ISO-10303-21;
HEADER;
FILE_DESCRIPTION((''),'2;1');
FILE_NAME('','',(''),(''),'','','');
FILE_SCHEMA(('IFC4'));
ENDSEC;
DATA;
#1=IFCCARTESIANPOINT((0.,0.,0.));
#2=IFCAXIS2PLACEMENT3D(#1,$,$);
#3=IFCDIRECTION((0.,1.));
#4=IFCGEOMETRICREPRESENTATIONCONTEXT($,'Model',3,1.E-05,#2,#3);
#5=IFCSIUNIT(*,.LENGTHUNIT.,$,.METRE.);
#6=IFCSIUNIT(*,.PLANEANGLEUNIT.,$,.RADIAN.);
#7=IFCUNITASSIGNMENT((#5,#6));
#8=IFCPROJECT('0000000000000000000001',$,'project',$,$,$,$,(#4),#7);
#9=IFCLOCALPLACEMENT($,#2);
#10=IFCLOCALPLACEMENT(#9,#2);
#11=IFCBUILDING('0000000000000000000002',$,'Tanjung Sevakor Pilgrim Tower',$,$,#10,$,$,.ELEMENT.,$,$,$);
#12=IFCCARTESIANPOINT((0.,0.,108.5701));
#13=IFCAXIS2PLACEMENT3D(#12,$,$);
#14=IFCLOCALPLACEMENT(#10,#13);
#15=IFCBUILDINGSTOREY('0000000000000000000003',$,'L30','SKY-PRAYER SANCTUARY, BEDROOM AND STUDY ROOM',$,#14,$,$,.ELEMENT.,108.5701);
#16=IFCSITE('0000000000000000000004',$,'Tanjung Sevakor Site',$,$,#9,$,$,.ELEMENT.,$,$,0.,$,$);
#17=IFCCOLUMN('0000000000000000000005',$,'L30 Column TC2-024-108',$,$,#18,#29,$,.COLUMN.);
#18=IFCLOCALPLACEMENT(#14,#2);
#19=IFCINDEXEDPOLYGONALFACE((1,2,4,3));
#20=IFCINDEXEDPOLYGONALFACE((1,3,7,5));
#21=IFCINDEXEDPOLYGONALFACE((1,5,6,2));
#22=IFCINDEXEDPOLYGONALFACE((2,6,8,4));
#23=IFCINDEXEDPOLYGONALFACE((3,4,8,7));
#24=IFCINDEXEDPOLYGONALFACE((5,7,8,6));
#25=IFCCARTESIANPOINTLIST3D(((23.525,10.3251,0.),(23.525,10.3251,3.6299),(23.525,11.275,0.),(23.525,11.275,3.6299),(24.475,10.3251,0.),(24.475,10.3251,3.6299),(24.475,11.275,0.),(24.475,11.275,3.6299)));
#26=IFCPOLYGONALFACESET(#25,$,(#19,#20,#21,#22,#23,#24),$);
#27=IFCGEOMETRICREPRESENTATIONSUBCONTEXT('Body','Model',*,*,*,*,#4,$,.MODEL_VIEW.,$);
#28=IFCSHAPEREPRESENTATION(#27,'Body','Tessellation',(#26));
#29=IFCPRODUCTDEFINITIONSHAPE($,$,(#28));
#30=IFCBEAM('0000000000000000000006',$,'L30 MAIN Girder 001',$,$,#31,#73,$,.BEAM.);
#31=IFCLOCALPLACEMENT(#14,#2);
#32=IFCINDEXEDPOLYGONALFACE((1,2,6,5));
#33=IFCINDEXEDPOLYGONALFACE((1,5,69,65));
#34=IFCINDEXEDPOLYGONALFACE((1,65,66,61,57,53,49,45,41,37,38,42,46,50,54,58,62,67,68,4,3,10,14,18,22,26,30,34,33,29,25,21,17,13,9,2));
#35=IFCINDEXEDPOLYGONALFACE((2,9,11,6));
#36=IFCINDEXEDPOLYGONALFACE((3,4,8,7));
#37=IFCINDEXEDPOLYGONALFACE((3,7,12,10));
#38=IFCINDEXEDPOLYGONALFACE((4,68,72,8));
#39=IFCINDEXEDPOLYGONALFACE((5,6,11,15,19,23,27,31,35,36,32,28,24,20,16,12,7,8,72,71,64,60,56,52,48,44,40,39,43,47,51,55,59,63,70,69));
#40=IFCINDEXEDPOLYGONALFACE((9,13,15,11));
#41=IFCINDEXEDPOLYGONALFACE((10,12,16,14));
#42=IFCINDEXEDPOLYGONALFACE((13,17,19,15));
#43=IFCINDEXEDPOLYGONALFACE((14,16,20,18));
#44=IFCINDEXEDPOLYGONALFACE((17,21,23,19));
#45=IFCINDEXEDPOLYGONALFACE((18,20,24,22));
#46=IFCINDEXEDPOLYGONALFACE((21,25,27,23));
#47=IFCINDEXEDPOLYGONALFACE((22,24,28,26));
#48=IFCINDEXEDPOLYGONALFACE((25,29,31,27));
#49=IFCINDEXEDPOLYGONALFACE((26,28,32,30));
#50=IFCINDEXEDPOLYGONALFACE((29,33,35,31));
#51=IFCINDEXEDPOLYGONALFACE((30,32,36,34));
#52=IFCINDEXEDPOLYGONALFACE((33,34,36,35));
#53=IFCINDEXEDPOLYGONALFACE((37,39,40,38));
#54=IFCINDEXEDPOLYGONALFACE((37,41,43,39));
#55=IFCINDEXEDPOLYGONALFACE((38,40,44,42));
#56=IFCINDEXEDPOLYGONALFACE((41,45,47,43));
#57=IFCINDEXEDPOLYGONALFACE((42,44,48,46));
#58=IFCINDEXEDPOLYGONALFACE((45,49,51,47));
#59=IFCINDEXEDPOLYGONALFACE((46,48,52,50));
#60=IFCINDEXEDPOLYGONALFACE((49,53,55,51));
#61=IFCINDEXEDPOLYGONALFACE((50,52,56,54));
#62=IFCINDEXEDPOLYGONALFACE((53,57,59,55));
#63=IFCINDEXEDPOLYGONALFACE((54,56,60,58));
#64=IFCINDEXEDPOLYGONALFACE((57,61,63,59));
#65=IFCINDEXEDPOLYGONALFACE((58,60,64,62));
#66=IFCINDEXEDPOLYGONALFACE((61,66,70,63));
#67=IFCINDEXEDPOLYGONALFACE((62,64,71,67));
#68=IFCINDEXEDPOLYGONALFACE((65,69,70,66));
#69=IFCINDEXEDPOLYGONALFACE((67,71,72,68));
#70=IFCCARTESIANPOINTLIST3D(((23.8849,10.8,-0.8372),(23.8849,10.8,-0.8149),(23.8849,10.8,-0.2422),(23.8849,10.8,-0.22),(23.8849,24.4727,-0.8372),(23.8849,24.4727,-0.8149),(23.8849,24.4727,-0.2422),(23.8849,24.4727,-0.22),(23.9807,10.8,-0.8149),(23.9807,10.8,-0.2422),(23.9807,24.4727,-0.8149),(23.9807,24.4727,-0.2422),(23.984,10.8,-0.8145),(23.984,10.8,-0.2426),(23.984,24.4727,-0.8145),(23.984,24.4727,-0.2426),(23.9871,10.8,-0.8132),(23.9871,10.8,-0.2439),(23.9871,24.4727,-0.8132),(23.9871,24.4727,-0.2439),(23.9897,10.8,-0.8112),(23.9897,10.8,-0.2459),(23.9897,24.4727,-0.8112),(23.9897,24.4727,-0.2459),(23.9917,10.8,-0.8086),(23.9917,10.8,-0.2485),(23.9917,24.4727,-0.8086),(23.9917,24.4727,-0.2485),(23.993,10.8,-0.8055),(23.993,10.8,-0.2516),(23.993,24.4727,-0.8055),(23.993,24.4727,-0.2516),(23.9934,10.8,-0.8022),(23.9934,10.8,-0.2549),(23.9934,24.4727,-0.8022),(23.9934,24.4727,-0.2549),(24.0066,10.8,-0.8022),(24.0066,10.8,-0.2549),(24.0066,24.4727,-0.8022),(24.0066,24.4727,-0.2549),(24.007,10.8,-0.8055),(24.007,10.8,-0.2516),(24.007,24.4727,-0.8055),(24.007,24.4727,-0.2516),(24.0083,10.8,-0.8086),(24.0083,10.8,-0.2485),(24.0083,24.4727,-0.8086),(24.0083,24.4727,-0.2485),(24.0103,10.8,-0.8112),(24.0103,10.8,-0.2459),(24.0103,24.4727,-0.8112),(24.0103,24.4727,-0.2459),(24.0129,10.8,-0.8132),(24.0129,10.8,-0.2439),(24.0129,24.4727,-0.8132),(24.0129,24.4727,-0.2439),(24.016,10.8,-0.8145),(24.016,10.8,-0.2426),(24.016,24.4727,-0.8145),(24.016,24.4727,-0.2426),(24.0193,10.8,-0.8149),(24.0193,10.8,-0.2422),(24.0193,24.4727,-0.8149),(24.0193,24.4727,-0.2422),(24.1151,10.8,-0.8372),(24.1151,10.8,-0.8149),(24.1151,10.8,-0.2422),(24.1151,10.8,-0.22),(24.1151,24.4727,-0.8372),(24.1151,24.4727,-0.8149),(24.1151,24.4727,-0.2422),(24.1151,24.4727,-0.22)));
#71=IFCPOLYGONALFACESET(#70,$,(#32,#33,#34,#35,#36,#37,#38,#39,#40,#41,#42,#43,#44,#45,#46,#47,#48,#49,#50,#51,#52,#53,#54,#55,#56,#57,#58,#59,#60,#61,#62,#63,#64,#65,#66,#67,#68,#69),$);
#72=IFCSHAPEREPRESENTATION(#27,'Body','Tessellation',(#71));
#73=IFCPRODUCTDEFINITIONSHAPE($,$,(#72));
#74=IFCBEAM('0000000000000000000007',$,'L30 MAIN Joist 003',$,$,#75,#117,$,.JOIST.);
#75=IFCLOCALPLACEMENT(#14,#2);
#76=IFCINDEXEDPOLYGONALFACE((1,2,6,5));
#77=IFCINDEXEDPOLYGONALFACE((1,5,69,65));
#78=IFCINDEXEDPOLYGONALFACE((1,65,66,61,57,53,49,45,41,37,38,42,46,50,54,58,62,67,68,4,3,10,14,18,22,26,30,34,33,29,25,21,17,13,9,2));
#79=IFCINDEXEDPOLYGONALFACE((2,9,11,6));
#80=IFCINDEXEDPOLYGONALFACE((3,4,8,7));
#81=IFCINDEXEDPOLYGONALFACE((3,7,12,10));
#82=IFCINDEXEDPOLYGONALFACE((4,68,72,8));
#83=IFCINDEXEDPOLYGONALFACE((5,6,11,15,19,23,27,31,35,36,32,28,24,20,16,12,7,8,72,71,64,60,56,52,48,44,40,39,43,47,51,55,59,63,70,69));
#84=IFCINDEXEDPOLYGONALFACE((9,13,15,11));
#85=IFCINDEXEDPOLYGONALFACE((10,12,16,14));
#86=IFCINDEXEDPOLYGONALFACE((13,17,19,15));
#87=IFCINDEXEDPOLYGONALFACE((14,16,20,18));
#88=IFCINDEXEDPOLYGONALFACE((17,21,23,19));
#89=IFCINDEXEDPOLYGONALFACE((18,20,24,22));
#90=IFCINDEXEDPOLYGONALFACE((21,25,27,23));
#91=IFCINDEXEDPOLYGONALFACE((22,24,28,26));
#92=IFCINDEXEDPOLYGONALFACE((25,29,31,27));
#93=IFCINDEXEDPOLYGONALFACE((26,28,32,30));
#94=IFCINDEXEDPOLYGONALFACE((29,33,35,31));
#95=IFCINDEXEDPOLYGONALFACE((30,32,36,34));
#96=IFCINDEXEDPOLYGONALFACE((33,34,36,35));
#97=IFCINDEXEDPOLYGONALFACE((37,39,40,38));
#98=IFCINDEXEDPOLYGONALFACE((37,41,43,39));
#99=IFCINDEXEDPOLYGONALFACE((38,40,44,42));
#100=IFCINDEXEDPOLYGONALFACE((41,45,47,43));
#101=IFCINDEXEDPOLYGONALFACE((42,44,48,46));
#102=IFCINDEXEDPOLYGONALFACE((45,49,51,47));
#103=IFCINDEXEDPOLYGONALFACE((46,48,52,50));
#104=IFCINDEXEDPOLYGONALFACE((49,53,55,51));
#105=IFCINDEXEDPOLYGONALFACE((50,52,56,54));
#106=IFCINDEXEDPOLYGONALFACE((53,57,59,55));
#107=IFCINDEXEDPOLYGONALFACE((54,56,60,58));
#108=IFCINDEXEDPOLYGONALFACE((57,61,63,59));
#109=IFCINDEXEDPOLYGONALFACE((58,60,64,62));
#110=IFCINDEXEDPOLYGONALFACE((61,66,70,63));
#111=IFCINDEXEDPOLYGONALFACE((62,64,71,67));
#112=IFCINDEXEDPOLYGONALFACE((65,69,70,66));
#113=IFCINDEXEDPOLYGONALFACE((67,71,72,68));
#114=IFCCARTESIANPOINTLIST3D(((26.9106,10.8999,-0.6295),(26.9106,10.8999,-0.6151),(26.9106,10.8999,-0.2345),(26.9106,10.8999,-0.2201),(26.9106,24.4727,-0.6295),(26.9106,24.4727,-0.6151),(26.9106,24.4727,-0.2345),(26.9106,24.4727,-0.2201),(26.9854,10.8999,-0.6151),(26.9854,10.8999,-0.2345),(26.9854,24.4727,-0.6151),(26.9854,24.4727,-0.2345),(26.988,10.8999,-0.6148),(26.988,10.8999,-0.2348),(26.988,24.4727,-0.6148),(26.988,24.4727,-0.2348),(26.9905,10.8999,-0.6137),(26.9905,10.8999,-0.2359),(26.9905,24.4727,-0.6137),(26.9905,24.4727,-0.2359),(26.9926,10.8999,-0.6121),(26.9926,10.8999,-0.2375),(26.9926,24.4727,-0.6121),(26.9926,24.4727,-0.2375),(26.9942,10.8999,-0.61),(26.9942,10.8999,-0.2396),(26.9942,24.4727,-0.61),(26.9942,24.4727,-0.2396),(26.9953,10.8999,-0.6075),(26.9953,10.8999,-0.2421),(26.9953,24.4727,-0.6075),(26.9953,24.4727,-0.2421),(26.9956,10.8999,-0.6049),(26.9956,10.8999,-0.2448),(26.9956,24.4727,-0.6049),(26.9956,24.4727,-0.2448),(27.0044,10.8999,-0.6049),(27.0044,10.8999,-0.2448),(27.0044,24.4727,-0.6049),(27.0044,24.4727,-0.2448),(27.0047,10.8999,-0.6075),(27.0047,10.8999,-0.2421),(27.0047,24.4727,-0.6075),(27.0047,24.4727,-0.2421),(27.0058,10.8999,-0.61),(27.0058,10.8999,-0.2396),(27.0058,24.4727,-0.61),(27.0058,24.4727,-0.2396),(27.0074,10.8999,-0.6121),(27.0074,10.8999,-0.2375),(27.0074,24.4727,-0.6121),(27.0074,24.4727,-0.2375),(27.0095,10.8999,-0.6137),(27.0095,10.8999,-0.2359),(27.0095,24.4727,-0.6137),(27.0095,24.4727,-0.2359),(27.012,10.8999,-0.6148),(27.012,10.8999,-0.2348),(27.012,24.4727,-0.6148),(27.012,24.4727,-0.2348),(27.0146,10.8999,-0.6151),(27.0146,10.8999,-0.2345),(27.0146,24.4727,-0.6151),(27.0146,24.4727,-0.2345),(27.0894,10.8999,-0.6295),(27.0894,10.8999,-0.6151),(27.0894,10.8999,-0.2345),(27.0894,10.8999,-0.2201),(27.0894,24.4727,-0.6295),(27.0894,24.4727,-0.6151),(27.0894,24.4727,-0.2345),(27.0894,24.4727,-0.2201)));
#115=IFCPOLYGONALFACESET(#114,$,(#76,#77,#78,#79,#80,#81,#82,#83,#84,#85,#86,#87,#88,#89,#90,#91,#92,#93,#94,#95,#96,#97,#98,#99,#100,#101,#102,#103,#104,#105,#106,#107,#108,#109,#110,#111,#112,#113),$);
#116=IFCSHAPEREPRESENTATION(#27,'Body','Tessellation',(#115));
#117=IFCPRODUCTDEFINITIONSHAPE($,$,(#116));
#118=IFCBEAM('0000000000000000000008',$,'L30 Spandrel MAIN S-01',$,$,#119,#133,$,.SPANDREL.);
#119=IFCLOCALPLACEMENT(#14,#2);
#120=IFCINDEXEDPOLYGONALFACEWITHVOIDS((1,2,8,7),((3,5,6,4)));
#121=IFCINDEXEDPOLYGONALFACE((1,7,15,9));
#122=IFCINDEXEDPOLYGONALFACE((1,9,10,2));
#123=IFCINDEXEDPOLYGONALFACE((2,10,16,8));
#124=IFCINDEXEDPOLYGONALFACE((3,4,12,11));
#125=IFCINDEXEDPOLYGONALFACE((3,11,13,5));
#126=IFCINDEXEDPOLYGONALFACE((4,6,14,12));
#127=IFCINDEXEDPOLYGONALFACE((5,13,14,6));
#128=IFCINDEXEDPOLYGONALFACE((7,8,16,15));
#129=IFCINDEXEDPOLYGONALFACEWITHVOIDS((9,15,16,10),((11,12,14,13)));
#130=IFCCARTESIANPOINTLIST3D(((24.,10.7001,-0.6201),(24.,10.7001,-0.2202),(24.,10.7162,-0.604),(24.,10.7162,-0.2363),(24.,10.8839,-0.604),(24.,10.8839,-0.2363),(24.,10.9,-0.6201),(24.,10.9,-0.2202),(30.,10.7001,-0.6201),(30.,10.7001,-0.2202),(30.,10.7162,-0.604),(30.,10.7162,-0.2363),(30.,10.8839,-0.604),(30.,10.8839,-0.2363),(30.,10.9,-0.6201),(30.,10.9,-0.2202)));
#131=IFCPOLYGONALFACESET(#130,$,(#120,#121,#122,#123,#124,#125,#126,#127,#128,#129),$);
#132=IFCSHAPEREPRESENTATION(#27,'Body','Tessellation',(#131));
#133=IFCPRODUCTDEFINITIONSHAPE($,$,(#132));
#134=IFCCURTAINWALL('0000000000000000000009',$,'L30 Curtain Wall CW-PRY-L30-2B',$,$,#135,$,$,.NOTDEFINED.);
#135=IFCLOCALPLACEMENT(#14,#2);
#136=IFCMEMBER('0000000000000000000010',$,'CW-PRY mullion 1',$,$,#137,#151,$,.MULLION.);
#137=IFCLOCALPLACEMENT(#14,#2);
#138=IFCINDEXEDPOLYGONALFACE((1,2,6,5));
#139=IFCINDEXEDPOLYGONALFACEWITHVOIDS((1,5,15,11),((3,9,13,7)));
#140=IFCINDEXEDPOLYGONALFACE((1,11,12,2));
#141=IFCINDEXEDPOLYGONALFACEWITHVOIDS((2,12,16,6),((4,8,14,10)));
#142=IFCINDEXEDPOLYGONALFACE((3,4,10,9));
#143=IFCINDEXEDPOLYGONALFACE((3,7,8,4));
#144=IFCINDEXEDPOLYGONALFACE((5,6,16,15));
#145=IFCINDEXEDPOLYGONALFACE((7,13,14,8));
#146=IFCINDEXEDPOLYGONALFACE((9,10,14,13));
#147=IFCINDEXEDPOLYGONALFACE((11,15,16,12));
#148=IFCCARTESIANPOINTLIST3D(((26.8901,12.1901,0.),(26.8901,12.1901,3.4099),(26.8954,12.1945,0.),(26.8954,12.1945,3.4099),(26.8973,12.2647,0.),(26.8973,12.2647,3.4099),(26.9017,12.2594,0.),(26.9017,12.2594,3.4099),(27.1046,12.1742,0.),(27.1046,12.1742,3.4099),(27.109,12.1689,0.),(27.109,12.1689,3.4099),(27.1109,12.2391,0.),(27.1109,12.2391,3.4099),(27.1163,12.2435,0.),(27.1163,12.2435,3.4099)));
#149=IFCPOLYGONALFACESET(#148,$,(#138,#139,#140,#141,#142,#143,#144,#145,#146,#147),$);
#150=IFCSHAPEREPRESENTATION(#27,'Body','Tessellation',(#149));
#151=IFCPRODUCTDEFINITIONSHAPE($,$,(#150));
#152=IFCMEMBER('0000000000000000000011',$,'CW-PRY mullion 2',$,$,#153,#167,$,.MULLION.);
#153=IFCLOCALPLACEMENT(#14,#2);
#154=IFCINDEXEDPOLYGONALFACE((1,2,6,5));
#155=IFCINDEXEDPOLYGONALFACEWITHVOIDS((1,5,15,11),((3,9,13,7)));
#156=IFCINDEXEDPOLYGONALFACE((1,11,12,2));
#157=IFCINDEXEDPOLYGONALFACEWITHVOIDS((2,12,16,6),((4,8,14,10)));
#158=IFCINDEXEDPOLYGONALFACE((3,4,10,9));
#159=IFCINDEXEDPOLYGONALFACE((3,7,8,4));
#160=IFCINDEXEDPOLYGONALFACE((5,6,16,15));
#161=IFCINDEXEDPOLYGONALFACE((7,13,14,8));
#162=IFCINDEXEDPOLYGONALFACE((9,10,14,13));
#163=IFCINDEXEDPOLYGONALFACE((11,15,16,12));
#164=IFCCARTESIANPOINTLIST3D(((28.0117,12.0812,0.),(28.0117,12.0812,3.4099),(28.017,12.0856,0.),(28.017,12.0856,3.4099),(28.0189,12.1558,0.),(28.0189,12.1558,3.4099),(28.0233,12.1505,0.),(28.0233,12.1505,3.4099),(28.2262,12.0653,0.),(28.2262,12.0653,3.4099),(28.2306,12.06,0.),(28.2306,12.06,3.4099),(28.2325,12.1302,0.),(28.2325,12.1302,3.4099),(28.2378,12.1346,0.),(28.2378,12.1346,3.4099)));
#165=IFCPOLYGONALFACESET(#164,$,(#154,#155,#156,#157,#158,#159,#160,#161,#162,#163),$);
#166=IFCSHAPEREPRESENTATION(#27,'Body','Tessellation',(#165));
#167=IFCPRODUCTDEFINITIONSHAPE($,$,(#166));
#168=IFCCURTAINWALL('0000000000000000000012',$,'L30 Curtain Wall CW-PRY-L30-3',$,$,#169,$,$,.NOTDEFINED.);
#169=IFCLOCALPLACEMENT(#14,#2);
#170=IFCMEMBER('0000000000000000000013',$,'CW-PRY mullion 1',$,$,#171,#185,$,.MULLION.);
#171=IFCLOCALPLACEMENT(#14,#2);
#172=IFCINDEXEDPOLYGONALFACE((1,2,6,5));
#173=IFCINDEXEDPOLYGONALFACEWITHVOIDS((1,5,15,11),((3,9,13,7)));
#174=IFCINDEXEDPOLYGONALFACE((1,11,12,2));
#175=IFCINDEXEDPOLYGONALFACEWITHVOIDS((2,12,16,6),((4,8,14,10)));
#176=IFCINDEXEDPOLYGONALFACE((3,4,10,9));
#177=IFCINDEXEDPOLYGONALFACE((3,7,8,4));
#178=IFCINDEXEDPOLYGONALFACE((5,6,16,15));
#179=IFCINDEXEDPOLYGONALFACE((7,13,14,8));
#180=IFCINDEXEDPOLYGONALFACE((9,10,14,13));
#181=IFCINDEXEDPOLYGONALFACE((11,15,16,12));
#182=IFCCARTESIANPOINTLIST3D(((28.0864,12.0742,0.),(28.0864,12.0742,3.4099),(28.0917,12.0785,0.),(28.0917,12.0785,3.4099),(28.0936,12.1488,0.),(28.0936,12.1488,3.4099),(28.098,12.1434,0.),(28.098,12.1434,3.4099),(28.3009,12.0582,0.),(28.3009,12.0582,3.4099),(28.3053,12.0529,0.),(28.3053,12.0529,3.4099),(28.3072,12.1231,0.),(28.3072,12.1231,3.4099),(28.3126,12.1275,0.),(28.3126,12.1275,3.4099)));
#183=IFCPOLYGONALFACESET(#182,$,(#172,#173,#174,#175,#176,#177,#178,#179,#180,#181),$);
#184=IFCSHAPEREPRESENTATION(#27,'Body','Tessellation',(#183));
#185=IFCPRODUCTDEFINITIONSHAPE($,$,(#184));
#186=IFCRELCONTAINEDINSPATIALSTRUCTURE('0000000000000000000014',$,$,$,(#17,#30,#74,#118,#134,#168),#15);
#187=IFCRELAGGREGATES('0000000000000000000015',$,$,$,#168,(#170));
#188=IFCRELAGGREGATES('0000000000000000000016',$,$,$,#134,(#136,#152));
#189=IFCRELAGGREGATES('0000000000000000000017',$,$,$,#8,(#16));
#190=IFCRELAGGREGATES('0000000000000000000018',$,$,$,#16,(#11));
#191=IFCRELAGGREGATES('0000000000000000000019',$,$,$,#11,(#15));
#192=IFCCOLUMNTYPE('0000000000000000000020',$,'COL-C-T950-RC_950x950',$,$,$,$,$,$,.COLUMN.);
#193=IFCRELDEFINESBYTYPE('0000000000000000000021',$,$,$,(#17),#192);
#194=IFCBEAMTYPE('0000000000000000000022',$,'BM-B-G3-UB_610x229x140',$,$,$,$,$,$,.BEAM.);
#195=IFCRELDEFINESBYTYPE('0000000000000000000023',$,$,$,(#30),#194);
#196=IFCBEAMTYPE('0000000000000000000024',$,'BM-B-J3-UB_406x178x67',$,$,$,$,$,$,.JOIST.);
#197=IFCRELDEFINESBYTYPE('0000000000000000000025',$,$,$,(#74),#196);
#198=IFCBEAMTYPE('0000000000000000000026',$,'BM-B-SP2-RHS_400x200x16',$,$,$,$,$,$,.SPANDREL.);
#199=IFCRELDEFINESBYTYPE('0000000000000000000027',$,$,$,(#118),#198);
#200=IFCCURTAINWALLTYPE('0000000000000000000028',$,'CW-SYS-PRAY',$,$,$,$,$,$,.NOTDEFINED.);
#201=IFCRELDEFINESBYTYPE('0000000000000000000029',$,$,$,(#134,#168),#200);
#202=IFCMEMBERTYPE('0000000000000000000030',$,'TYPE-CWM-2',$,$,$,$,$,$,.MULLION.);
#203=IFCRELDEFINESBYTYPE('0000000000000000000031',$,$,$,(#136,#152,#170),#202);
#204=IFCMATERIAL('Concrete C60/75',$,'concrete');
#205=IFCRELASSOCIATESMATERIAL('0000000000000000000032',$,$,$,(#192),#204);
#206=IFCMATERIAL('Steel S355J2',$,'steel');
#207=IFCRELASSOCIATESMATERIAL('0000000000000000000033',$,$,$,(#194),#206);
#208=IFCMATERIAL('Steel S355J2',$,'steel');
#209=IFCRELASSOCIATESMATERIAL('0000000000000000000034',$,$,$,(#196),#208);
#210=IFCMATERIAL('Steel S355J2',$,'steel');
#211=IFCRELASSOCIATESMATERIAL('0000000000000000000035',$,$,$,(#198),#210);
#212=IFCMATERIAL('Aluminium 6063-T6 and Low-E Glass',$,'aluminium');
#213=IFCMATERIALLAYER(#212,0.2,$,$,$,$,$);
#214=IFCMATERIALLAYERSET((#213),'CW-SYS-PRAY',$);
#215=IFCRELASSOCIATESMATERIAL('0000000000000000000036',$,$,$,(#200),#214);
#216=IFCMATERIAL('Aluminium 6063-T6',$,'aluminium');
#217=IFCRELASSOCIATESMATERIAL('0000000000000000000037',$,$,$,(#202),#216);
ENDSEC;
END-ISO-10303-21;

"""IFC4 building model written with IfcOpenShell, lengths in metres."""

from ifc_helpers import new_model, si_unit, direction, frame, origin, origin_2d, place, context, subcontext, project, spatial, rectangle, hollow_rectangle, i_section, extrude, material, layer, layer_set, material_profile, profile_set, type_object, element, aggregate, save


model = new_model("IFC4")

# Units and contexts
model_context = context("Model", 3, precision=1e-05, world=origin(), true_north=direction((0.0, 1.0)))
body_context = subcontext(model_context, "Body", "Model", "MODEL_VIEW")
ifc_project = project(units=[si_unit("LENGTHUNIT", "METRE"), si_unit("PLANEANGLEUNIT", "RADIAN")], contexts=[model_context])

# Site, building, storey
site_placement = place(None, origin())
site = spatial("IfcSite", under=ifc_project, at=site_placement, Name="Tanjung Sevakor Site", CompositionType="ELEMENT", RefElevation=0.0)
building_placement = place(site_placement, origin())
building = spatial("IfcBuilding", under=site, at=building_placement, Name="Tanjung Sevakor Pilgrim Tower", CompositionType="ELEMENT")
storey_placement = place(building_placement, frame((0.0, 0.0, 108.5701)))
storey = spatial("IfcBuildingStorey", under=building, at=storey_placement, Name="L30", Description="SKY-PRAYER SANCTUARY, BEDROOM AND STUDY ROOM", CompositionType="ELEMENT", Elevation=108.5701)

# Column
ifc_material_1 = material(Name="Concrete C60/75", Category="concrete")
ifc_material_profile_1 = material_profile(ifc_material_1, rectangle(XDim=0.95, YDim=0.95, at=origin_2d()))
ifc_profile_set_1 = profile_set([ifc_material_profile_1], Name="Concrete C60/75")
column_type = type_object("IfcColumnType", Name="COL-C-T950-RC_950x950", PredefinedType="COLUMN", material=ifc_profile_set_1)
column_placement = place(storey_placement, frame((24.0, 10.8, 0.0), z_axis=(0.0, 0.0, 1.0), x_axis=(1.0, 0.0, 0.0)))
element("IfcColumn", 1, at=column_placement, inside=storey, type_object=column_type, Name="L30 Column TC2-024-108", PredefinedType="COLUMN", context=body_context, shape_type="SweptSolid", body=[
    extrude(rectangle(XDim=0.95, YDim=0.95, at=origin_2d()), origin(), (0.0, 0.0, 1.0), 3.6299),
])

# Beams
ifc_material_2 = material(Name="Steel S355J2", Category="steel")
ifc_material_profile_2 = material_profile(ifc_material_2, i_section(OverallWidth=0.2302, OverallDepth=0.6172, WebThickness=0.0132, FlangeThickness=0.0222, FilletRadius=0.0127, at=origin_2d()))
ifc_profile_set_2 = profile_set([ifc_material_profile_2], Name="Steel S355J2")
beam_type_1 = type_object("IfcBeamType", Name="BM-B-G3-UB_610x229x140", PredefinedType="BEAM", material=ifc_profile_set_2)
beam_1_placement = place(storey_placement, frame((24.0, 10.8, -0.5286), z_axis=(0.0, 1.0, 0.0), x_axis=(-1.0, 0.0, 0.0)))
element("IfcBeam", 2, at=beam_1_placement, inside=storey, type_object=beam_type_1, Name="L30 MAIN Girder 001", PredefinedType="BEAM", context=body_context, shape_type="SweptSolid", body=[
    extrude(i_section(OverallWidth=0.2302, OverallDepth=0.6172, WebThickness=0.0132, FlangeThickness=0.0222, FilletRadius=0.0127, at=origin_2d()), origin(), (0.0, 0.0, 1.0), 13.6726),
])
ifc_material_3 = material(Name="Steel S355J2", Category="steel")
ifc_material_profile_3 = material_profile(ifc_material_3, i_section(OverallWidth=0.1787, OverallDepth=0.4094, WebThickness=0.0088, FlangeThickness=0.0144, FilletRadius=0.0103, at=origin_2d()))
ifc_profile_set_3 = profile_set([ifc_material_profile_3], Name="Steel S355J2")
beam_type_2 = type_object("IfcBeamType", Name="BM-B-J3-UB_406x178x67", PredefinedType="JOIST", material=ifc_profile_set_3)
beam_2_placement = place(storey_placement, frame((27.0, 10.8999, -0.4248), z_axis=(0.0, 1.0, 0.0), x_axis=(-1.0, 0.0, 0.0)))
element("IfcBeam", 3, at=beam_2_placement, inside=storey, type_object=beam_type_2, Name="L30 MAIN Joist 003", PredefinedType="JOIST", context=body_context, shape_type="SweptSolid", body=[
    extrude(i_section(OverallWidth=0.1787, OverallDepth=0.4094, WebThickness=0.0088, FlangeThickness=0.0144, FilletRadius=0.0103, at=origin_2d()), origin(), (0.0, 0.0, 1.0), 13.5728),
])
ifc_material_4 = material(Name="Steel S355J2", Category="steel")
ifc_material_profile_4 = material_profile(ifc_material_4, hollow_rectangle(XDim=0.2, YDim=0.3999, WallThickness=0.0161, at=origin_2d()))
ifc_profile_set_4 = profile_set([ifc_material_profile_4], Name="Steel S355J2")
beam_type_3 = type_object("IfcBeamType", Name="BM-B-SP2-RHS_400x200x16", PredefinedType="SPANDREL", material=ifc_profile_set_4)
beam_3_placement = place(storey_placement, frame((24.0, 10.8, -0.4202), z_axis=(1.0, 0.0, 0.0), x_axis=(0.0, 1.0, 0.0)))
element("IfcBeam", 4, at=beam_3_placement, inside=storey, type_object=beam_type_3, Name="L30 Spandrel MAIN S-01", PredefinedType="SPANDREL", context=body_context, shape_type="SweptSolid", body=[
    extrude(hollow_rectangle(XDim=0.2, YDim=0.3999, WallThickness=0.0161, at=origin_2d()), origin(), (0.0, 0.0, 1.0), 6.0),
])

# Curtain wall, members
ifc_material_5 = material(Name="Aluminium 6063-T6 and Low-E Glass", Category="aluminium")
ifc_layer_1 = layer(ifc_material_5, 0.2)
ifc_layer_set_1 = layer_set([ifc_layer_1], Name="CW-SYS-PRAY")
curtain_wall_type = type_object("IfcCurtainWallType", Name="CW-SYS-PRAY", PredefinedType="NOTDEFINED", material=ifc_layer_set_1)
curtain_wall_1_placement = place(storey_placement, origin())
curtain_wall_1 = element("IfcCurtainWall", 5, at=curtain_wall_1_placement, inside=storey, type_object=curtain_wall_type, Name="L30 Curtain Wall CW-PRY-L30-2B", PredefinedType="NOTDEFINED")
ifc_material_6 = material(Name="Aluminium 6063-T6", Category="aluminium")
ifc_material_profile_5 = material_profile(ifc_material_6, hollow_rectangle(XDim=0.075, YDim=0.22, WallThickness=0.0049, at=origin_2d()))
ifc_profile_set_5 = profile_set([ifc_material_profile_5], Name="Aluminium 6063-T6")
member_type_1 = type_object("IfcMemberType", Name="TYPE-CWM-2", PredefinedType="MULLION", material=ifc_profile_set_5)
member_1_placement = place(storey_placement, frame((27.0032, 12.2168, 0.0), z_axis=(0.0, 0.0, 1.0), x_axis=(0.096595, 0.995324, 0.0)))
member_1 = element("IfcMember", 6, at=member_1_placement, type_object=member_type_1, Name="CW-PRY mullion 1", PredefinedType="MULLION", context=body_context, shape_type="SweptSolid", body=[
    extrude(hollow_rectangle(XDim=0.075, YDim=0.22, WallThickness=0.0049, at=origin_2d()), origin(), (0.0, 0.0, 1.0), 3.4099),
])
member_2_placement = place(storey_placement, frame((28.1248, 12.1079, 0.0), z_axis=(0.0, 0.0, 1.0), x_axis=(0.096595, 0.995324, 0.0)))
member_2 = element("IfcMember", 7, at=member_2_placement, type_object=member_type_1, Name="CW-PRY mullion 2", PredefinedType="MULLION", context=body_context, shape_type="SweptSolid", body=[
    extrude(hollow_rectangle(XDim=0.075, YDim=0.22, WallThickness=0.0049, at=origin_2d()), origin(), (0.0, 0.0, 1.0), 3.4099),
])

# Curtain wall, member
curtain_wall_2_placement = place(storey_placement, origin())
curtain_wall_2 = element("IfcCurtainWall", 8, at=curtain_wall_2_placement, inside=storey, type_object=curtain_wall_type, Name="L30 Curtain Wall CW-PRY-L30-3", PredefinedType="NOTDEFINED")
member_3_placement = place(storey_placement, frame((28.1995, 12.1008, 0.0), z_axis=(0.0, 0.0, 1.0), x_axis=(0.096628, 0.995321, 0.0)))
member_3 = element("IfcMember", 9, at=member_3_placement, type_object=member_type_1, Name="CW-PRY mullion 1", PredefinedType="MULLION", context=body_context, shape_type="SweptSolid", body=[
    extrude(hollow_rectangle(XDim=0.075, YDim=0.22, WallThickness=0.0049, at=origin_2d()), origin(), (0.0, 0.0, 1.0), 3.4099),
])

aggregate(curtain_wall_2, [member_3])

aggregate(curtain_wall_1, [member_1, member_2])

save(model, "model.ifc")
